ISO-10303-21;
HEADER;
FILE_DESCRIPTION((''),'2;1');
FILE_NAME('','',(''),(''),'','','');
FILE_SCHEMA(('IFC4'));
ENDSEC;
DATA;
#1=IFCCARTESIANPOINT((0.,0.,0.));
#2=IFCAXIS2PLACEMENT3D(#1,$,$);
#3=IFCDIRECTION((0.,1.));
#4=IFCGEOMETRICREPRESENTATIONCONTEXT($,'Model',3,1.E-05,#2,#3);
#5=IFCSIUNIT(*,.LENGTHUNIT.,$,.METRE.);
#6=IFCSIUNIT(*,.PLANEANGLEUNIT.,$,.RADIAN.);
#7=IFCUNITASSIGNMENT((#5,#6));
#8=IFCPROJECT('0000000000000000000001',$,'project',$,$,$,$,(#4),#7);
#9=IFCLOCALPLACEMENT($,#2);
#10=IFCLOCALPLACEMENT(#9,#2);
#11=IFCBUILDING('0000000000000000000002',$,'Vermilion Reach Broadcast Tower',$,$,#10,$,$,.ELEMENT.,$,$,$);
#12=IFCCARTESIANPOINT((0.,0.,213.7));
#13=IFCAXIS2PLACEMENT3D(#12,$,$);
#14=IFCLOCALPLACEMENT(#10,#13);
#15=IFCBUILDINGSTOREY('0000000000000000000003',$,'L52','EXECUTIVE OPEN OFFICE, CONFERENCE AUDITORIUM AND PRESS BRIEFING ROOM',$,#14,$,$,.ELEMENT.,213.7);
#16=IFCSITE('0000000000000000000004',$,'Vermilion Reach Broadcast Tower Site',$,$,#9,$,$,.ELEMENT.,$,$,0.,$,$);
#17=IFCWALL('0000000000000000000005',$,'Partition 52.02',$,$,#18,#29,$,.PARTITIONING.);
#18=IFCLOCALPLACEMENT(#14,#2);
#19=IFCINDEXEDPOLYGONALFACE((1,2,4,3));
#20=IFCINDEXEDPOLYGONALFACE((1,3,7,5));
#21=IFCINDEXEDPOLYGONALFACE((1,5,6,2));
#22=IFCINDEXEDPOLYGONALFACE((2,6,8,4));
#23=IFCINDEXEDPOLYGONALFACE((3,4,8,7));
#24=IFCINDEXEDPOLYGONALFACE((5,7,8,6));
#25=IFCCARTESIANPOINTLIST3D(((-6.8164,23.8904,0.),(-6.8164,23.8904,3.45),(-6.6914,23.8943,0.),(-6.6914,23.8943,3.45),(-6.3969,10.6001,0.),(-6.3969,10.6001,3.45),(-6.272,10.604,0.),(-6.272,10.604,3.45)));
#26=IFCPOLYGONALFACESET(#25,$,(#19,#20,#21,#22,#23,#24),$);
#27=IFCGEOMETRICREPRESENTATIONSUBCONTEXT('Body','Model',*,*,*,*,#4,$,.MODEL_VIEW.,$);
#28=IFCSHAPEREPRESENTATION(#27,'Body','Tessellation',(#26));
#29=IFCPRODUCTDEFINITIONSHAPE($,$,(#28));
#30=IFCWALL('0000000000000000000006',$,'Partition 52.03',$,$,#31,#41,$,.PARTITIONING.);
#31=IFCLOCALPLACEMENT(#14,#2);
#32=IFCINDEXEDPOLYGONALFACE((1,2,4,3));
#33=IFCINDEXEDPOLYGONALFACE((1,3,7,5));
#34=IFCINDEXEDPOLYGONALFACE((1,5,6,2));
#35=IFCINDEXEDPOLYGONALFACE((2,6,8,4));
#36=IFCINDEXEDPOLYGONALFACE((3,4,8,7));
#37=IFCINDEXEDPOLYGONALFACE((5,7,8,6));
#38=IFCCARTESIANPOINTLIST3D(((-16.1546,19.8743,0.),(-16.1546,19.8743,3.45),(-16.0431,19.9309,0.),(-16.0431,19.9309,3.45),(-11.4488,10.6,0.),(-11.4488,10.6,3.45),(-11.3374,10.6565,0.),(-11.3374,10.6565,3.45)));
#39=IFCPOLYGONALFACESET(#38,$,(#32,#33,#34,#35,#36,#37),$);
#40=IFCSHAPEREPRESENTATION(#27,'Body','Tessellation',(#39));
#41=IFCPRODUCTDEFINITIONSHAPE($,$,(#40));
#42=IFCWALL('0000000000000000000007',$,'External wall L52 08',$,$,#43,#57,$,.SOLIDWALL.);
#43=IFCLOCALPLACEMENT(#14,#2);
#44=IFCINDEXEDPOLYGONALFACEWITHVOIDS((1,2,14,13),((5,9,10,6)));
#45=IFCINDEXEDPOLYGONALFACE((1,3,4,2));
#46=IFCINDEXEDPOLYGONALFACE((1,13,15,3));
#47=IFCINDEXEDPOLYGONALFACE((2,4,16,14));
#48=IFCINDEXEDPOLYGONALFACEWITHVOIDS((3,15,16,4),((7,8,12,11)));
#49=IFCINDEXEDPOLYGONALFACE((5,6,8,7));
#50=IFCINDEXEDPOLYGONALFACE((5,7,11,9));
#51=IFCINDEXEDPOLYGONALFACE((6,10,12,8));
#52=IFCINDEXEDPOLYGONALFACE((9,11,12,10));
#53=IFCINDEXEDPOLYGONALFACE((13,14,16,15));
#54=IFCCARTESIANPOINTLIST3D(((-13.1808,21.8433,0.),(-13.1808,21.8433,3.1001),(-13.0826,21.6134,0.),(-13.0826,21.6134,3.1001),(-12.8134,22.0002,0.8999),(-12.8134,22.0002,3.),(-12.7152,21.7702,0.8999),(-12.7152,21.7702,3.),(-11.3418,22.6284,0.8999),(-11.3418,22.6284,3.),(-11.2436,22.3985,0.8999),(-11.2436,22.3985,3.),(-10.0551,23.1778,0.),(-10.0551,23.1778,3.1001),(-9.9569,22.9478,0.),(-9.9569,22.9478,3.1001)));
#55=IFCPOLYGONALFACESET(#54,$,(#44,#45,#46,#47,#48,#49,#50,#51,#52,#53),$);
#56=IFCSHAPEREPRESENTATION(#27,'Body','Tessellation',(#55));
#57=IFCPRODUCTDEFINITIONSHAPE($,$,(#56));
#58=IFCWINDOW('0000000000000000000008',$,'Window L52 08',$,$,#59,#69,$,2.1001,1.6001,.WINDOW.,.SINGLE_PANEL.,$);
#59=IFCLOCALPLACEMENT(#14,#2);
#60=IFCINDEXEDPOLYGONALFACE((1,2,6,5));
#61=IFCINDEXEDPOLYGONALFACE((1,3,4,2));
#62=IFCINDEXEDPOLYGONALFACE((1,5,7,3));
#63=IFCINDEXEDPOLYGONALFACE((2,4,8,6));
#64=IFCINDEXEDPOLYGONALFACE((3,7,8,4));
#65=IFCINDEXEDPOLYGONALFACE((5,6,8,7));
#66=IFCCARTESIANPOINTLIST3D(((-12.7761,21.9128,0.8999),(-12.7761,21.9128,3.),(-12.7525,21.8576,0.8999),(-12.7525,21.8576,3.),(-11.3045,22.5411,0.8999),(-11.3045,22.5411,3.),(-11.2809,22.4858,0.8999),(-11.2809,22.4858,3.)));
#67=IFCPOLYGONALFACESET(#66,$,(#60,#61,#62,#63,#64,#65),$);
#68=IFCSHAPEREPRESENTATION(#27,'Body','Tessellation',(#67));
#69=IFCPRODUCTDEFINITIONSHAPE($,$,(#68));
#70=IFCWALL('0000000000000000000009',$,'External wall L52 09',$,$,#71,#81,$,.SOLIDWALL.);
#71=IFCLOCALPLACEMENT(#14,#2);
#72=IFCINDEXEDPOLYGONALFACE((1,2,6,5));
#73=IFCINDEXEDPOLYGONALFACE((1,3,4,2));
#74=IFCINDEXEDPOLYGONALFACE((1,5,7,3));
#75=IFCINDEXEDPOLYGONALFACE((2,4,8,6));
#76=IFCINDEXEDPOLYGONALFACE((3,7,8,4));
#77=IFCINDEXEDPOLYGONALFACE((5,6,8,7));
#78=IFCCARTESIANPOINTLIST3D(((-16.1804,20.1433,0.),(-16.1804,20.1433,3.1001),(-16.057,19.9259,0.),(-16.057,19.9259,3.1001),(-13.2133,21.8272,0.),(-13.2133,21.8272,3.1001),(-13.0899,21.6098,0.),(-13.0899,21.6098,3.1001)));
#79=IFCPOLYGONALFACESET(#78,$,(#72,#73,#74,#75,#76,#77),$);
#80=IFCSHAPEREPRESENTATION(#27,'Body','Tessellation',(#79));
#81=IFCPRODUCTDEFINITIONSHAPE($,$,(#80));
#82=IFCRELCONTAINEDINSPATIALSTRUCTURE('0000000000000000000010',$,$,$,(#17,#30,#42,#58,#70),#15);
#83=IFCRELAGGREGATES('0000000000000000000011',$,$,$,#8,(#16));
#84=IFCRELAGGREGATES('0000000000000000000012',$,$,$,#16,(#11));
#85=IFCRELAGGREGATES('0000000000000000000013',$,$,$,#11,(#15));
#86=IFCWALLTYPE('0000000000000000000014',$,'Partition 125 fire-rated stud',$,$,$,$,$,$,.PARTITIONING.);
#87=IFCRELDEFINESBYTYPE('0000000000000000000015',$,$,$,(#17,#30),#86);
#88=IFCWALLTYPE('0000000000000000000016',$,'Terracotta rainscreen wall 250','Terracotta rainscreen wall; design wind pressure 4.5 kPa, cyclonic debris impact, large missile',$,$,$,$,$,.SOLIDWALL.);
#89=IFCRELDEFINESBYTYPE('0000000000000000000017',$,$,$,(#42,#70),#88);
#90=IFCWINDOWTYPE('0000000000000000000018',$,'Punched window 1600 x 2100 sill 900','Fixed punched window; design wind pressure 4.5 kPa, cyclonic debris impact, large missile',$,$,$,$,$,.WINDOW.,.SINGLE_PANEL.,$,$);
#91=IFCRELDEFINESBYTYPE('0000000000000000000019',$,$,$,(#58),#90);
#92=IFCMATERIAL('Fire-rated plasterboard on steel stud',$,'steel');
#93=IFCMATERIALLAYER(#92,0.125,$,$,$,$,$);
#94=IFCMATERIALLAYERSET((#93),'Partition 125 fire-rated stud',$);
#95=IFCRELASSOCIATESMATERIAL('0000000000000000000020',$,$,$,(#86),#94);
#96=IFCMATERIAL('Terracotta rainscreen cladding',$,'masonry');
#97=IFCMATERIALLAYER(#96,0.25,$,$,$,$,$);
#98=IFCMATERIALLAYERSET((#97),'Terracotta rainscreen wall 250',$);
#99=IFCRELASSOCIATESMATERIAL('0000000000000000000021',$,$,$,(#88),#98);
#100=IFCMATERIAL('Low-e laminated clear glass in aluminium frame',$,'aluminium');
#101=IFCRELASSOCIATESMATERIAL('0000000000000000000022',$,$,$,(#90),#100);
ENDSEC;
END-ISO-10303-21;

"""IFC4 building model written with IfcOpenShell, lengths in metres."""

from ifc_helpers import new_model, si_unit, direction, frame, frame_2d, origin, place, context, subcontext, project, spatial, rectangle, extrude, material, layer, layer_set, type_object, element, fill, save


model = new_model("IFC4")

# Units and contexts
model_context = context("Model", 3, precision=1e-05, world=origin(), true_north=direction((0.0, 1.0)))
body_context = subcontext(model_context, "Body", "Model", "MODEL_VIEW")
ifc_project = project(units=[si_unit("LENGTHUNIT", "METRE"), si_unit("PLANEANGLEUNIT", "RADIAN")], contexts=[model_context])

# Site, building, storey
site_placement = place(None, origin())
site = spatial("IfcSite", under=ifc_project, at=site_placement, Name="Vermilion Reach Broadcast Tower Site", CompositionType="ELEMENT", RefElevation=0.0)
building_placement = place(site_placement, origin())
building = spatial("IfcBuilding", under=site, at=building_placement, Name="Vermilion Reach Broadcast Tower", CompositionType="ELEMENT")
storey_placement = place(building_placement, frame((0.0, 0.0, 213.7)))
storey = spatial("IfcBuildingStorey", under=building, at=storey_placement, Name="L52", Description="EXECUTIVE OPEN OFFICE, CONFERENCE AUDITORIUM AND PRESS BRIEFING ROOM", CompositionType="ELEMENT", Elevation=213.7)

# Walls
ifc_material_1 = material(Name="Fire-rated plasterboard on steel stud", Category="steel")
ifc_layer_1 = layer(ifc_material_1, 0.125)
ifc_layer_set_1 = layer_set([ifc_layer_1], Name="Partition 125 fire-rated stud")
wall_type_1 = type_object("IfcWallType", Name="Partition 125 fire-rated stud", PredefinedType="PARTITIONING", material=ifc_layer_set_1)
wall_1_placement = place(storey_placement, frame((-6.7539, 23.8923, 0.0), z_axis=(0.0, 0.0, 1.0), x_axis=(0.031544, -0.999502, 0.0)))
element("IfcWall", 1, at=wall_1_placement, inside=storey, type_object=wall_type_1, Name="Partition 52.02", PredefinedType="PARTITIONING", context=body_context, shape_type="SweptSolid", body=[
    extrude(rectangle(XDim=13.2969, YDim=0.125, at=frame_2d((6.6484, 0.0))), origin(), (0.0, 0.0, 1.0), 3.45),
])
wall_2_placement = place(storey_placement, frame((-16.0989, 19.9026, 0.0), z_axis=(0.0, 0.0, 1.0), x_axis=(0.452483, -0.891773, 0.0)))
element("IfcWall", 2, at=wall_2_placement, inside=storey, type_object=wall_type_1, Name="Partition 52.03", PredefinedType="PARTITIONING", context=body_context, shape_type="SweptSolid", body=[
    extrude(rectangle(XDim=10.3999, YDim=0.125, at=frame_2d((5.2, 0.0))), origin(), (0.0, 0.0, 1.0), 3.45),
])

# Shared definitions
ifc_material_2 = material(Name="Terracotta rainscreen cladding", Category="masonry")
ifc_layer_2 = layer(ifc_material_2, 0.25)
ifc_layer_set_2 = layer_set([ifc_layer_2], Name="Terracotta rainscreen wall 250")
wall_type_2 = type_object("IfcWallType", Name="Terracotta rainscreen wall 250", Description="Terracotta rainscreen wall; design wind pressure 4.5 kPa, cyclonic debris impact, large missile", PredefinedType="SOLIDWALL", material=ifc_layer_set_2)

# Wall, opening, window
wall_3_placement = place(storey_placement, frame((-10.0061, 23.0627, 0.0), z_axis=(0.0, 0.0, 1.0), x_axis=(-0.91969, -0.392644, 0.0)))
wall_3 = element("IfcWall", 3, at=wall_3_placement, inside=storey, type_object=wall_type_2, Name="External wall L52 08", PredefinedType="SOLIDWALL", context=body_context, shape_type="SweptSolid", body=[
    extrude(rectangle(XDim=3.3987, YDim=0.25, at=frame_2d((1.6992, 0.0))), origin(), (0.0, 0.0, 1.0), 3.1001),
])
opening_1_placement = place(wall_3_placement, frame((1.3989, 0.0, 0.8999)))
opening_1 = element("IfcOpeningElement", 4, at=opening_1_placement, cuts=wall_3, PredefinedType="OPENING", context=body_context, shape_type="SweptSolid", body=[
    extrude(rectangle(XDim=1.6001, YDim=2.1001, at=frame_2d((0.8, 1.05))), frame((0.0, 0.135, 0.0), z_axis=(0.0, -1.0, 0.0), x_axis=(1.0, 0.0, 0.0)), (0.0, 0.0, 1.0), 0.27),
])
ifc_material_3 = material(Name="Low-e laminated clear glass in aluminium frame", Category="aluminium")
window_type = type_object("IfcWindowType", Name="Punched window 1600 x 2100 sill 900", Description="Fixed punched window; design wind pressure 4.5 kPa, cyclonic debris impact, large missile", PartitioningType="SINGLE_PANEL", PredefinedType="WINDOW", material=ifc_material_3)
window_placement = place(opening_1_placement, origin())
window = element("IfcWindow", 5, at=window_placement, inside=storey, type_object=window_type, Name="Window L52 08", OverallHeight=2.1001, OverallWidth=1.6001, PartitioningType="SINGLE_PANEL", PredefinedType="WINDOW", context=body_context, shape_type="SweptSolid", body=[
    extrude(rectangle(XDim=1.6001, YDim=2.1001, at=frame_2d((0.8, 1.05))), frame((0.0, 0.03, 0.0), z_axis=(0.0, -1.0, 0.0), x_axis=(1.0, 0.0, 0.0)), (0.0, 0.0, 1.0), 0.0601),
])
fill(opening_1, window)

# Wall
wall_4_placement = place(storey_placement, frame((-13.1516, 21.7185, 0.0), z_axis=(0.0, 0.0, 1.0), x_axis=(-0.869706, -0.49357, 0.0)))
element("IfcWall", 6, at=wall_4_placement, inside=storey, type_object=wall_type_2, Name="External wall L52 09", PredefinedType="SOLIDWALL", context=body_context, shape_type="SweptSolid", body=[
    extrude(rectangle(XDim=3.4116, YDim=0.25, at=frame_2d((1.7058, 0.0))), origin(), (0.0, 0.0, 1.0), 3.1001),
])

save(model, "model.ifc")
